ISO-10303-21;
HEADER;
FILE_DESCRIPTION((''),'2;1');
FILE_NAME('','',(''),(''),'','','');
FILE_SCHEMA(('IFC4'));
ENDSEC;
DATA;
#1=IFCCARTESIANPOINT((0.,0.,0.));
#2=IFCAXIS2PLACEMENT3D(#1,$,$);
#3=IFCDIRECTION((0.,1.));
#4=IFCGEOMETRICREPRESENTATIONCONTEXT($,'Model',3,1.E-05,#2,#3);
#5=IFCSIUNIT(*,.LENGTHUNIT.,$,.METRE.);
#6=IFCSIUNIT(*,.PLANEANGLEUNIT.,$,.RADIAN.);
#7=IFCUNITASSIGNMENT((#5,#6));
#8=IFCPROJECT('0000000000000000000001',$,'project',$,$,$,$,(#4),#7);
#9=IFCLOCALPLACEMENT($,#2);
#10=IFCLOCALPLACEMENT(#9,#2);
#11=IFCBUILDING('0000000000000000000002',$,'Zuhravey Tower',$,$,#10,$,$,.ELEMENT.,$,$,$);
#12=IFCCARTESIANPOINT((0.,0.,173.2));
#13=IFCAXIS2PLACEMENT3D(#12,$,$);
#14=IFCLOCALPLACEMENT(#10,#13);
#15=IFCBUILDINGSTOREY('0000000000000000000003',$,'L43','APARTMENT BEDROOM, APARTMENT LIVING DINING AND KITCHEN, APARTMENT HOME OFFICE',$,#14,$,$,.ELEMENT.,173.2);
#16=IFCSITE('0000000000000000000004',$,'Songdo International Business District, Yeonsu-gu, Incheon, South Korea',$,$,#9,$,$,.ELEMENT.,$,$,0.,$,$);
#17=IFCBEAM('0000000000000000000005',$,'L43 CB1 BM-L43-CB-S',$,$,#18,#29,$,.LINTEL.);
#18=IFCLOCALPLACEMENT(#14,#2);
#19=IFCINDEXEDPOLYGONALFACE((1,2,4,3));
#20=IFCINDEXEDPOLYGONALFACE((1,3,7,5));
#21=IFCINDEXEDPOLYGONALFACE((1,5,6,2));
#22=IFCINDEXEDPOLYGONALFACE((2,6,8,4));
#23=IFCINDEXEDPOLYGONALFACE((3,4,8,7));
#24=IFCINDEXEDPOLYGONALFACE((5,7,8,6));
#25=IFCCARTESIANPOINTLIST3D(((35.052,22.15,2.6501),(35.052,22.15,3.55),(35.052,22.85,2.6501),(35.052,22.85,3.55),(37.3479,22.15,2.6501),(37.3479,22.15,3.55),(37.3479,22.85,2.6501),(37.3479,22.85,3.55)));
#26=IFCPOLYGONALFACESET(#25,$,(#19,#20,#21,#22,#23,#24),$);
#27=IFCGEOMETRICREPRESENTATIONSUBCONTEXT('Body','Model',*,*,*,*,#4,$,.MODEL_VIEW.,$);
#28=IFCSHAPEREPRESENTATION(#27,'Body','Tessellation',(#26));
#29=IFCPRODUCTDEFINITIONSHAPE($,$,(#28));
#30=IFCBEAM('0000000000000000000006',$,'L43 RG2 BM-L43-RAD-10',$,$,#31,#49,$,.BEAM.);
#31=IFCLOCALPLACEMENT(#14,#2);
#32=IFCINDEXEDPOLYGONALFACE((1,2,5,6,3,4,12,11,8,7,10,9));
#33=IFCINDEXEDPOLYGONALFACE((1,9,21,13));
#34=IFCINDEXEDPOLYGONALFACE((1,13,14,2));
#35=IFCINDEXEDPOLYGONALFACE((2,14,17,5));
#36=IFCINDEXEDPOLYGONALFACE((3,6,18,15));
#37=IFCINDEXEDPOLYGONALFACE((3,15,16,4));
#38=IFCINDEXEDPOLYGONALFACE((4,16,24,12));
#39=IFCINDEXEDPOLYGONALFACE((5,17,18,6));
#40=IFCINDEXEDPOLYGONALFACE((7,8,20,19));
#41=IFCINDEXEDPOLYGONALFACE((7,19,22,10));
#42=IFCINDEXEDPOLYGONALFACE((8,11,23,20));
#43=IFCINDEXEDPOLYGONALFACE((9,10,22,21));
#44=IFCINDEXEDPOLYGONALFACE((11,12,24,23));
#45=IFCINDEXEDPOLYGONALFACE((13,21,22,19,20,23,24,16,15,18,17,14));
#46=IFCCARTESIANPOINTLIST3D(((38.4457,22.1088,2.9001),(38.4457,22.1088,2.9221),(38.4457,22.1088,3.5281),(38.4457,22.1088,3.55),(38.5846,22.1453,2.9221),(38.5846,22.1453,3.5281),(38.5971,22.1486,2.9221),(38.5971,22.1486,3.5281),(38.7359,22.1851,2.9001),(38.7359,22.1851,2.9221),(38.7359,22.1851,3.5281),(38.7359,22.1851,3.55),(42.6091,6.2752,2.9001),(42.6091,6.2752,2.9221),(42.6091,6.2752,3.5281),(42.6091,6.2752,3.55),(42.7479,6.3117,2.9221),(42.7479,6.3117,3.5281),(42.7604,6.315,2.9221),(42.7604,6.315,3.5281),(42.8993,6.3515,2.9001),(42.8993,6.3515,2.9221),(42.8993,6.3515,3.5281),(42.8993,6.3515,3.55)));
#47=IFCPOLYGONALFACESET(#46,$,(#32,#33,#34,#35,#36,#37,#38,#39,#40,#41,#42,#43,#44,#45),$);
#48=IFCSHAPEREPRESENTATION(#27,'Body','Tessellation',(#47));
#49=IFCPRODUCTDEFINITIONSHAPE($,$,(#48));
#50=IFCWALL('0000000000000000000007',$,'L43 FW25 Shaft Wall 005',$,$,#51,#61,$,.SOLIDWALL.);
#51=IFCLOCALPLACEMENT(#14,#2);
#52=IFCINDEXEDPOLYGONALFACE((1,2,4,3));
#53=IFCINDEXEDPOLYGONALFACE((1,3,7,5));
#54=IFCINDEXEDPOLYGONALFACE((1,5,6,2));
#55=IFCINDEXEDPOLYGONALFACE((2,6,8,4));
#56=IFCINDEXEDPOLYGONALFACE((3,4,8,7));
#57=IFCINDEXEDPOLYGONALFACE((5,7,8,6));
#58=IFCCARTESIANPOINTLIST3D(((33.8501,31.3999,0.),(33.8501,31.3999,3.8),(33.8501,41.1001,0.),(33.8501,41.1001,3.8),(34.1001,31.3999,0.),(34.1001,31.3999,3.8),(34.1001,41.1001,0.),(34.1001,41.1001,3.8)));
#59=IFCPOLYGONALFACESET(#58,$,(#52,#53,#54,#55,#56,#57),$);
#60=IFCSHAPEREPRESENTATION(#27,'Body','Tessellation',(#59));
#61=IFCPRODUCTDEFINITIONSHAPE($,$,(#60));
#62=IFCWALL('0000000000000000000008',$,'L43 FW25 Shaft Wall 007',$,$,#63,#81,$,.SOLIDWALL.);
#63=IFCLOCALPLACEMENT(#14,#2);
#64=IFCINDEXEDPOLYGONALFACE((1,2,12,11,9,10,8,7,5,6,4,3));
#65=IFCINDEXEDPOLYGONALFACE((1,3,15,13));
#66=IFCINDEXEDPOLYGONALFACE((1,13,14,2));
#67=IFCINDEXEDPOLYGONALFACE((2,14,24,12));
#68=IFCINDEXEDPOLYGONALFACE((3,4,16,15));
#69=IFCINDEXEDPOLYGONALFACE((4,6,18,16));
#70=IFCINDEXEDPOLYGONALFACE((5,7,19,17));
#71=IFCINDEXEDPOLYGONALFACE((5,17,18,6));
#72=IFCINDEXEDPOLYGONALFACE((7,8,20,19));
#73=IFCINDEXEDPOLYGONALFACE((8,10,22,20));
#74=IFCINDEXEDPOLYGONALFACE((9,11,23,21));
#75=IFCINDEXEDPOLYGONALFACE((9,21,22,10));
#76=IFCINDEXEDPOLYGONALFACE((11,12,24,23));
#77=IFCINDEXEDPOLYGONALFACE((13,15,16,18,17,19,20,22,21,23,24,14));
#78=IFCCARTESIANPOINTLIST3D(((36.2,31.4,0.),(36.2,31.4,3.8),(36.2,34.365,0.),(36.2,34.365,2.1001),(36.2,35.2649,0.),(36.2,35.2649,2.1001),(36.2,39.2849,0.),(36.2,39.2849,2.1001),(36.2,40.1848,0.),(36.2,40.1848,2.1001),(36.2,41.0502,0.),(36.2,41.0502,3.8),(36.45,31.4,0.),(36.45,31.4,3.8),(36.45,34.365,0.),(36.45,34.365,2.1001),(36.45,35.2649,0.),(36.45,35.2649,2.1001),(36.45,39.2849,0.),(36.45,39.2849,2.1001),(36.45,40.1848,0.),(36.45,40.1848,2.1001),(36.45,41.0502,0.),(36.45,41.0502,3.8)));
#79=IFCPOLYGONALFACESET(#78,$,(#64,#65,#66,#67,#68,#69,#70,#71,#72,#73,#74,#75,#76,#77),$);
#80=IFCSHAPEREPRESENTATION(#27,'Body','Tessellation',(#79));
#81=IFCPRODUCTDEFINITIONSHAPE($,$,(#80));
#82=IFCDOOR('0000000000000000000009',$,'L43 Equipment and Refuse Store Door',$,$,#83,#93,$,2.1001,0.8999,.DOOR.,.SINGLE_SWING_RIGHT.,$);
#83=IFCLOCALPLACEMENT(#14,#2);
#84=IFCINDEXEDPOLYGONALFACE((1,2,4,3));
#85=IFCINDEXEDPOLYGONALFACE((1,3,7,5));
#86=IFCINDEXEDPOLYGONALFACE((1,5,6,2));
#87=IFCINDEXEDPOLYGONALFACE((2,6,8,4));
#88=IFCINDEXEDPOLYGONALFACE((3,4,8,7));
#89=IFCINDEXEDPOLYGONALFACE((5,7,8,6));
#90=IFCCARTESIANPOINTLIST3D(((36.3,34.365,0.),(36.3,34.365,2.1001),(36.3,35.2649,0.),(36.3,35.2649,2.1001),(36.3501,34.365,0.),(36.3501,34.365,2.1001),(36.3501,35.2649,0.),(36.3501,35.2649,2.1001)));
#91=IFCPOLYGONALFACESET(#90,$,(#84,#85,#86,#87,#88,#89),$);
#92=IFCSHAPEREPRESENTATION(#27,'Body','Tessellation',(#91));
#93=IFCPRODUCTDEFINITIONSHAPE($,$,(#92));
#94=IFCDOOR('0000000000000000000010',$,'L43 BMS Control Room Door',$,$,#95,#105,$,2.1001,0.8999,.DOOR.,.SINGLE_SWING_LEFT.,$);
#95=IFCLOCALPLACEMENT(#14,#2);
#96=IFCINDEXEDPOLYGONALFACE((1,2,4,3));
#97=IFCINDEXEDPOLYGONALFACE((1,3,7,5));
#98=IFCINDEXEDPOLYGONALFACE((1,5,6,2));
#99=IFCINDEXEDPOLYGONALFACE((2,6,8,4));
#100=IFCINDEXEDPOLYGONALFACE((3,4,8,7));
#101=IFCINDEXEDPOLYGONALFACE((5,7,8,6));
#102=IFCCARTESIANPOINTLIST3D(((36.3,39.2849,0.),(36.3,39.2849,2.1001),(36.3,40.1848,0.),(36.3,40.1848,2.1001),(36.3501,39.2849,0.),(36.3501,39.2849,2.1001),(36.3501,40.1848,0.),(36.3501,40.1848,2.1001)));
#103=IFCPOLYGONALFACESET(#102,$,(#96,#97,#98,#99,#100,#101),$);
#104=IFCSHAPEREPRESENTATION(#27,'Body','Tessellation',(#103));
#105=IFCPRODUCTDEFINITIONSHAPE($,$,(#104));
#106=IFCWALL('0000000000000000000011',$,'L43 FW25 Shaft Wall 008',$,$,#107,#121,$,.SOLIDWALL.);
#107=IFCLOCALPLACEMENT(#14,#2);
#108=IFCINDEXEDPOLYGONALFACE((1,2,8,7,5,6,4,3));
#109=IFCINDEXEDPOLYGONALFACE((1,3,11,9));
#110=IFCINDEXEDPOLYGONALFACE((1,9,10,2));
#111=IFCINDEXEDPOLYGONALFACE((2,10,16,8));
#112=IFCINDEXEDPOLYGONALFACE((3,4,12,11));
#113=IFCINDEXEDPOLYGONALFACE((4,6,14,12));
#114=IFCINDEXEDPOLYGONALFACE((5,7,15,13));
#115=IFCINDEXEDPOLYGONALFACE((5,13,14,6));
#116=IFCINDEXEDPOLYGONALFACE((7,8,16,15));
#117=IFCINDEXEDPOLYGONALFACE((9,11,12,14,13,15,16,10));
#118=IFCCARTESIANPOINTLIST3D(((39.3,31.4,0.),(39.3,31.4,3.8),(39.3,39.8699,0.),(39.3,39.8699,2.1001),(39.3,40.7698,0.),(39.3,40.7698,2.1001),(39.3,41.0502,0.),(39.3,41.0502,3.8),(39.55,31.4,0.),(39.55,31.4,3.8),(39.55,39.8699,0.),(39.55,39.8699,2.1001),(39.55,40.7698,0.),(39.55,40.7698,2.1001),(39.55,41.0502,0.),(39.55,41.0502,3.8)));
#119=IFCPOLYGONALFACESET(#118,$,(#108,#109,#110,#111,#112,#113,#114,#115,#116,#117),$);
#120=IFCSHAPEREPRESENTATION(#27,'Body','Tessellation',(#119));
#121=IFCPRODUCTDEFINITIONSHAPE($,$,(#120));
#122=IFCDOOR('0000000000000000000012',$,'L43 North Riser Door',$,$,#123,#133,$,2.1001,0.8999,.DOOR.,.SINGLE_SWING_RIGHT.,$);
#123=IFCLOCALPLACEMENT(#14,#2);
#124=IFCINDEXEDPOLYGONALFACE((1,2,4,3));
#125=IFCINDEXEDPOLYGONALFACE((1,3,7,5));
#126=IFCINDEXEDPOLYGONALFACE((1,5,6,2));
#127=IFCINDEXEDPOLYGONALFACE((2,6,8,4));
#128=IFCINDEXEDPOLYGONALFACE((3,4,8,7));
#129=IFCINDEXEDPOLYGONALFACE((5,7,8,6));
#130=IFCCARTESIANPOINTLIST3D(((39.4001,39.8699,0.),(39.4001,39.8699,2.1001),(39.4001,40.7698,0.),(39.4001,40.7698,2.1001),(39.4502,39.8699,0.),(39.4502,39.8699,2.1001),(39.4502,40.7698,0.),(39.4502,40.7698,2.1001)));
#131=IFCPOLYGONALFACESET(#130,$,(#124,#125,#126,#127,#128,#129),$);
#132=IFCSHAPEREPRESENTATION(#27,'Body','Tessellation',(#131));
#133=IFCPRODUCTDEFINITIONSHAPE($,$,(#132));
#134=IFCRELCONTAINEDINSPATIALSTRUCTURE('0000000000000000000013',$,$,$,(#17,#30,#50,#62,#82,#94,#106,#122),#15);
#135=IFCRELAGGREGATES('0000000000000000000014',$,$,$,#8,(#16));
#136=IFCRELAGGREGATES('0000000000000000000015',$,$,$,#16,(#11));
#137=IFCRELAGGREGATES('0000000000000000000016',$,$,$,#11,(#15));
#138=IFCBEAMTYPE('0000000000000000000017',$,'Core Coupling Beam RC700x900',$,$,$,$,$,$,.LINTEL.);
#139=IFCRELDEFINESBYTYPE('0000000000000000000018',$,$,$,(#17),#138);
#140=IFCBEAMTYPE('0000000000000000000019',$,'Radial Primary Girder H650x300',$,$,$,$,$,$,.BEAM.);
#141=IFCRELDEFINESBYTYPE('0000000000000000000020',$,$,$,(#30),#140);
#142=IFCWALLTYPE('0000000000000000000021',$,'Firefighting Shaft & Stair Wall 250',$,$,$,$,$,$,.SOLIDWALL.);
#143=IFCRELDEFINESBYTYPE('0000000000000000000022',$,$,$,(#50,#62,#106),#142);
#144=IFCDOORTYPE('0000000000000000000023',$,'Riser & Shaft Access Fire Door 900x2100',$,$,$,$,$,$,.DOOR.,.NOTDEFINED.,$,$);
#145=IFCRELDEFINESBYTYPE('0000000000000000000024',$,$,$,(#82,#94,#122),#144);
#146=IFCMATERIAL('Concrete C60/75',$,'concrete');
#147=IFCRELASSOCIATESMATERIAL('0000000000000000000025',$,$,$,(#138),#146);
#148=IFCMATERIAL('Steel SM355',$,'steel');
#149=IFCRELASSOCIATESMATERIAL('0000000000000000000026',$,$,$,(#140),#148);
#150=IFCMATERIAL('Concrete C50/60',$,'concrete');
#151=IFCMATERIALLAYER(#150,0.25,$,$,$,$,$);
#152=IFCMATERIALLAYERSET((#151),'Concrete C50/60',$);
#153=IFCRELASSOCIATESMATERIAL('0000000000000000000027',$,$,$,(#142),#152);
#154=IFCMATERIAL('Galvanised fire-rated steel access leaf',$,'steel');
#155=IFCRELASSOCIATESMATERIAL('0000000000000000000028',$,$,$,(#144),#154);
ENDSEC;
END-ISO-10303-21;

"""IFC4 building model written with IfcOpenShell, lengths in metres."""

from ifc_helpers import new_model, si_unit, direction, frame, frame_2d, origin, origin_2d, place, context, subcontext, project, spatial, rectangle, i_section, extrude, material, layer, layer_set, material_profile, profile_set, type_object, element, fill, save


model = new_model("IFC4")

# Units and contexts
model_context = context("Model", 3, precision=1e-05, world=origin(), true_north=direction((0.0, 1.0)))
body_context = subcontext(model_context, "Body", "Model", "MODEL_VIEW")
ifc_project = project(units=[si_unit("LENGTHUNIT", "METRE"), si_unit("PLANEANGLEUNIT", "RADIAN")], contexts=[model_context])

# Site, building, storey
site_placement = place(None, origin())
site = spatial("IfcSite", under=ifc_project, at=site_placement, Name="Songdo International Business District, Yeonsu-gu, Incheon, South Korea", CompositionType="ELEMENT", RefElevation=0.0)
building_placement = place(site_placement, origin())
building = spatial("IfcBuilding", under=site, at=building_placement, Name="Zuhravey Tower", CompositionType="ELEMENT")
storey_placement = place(building_placement, frame((0.0, 0.0, 173.2)))
storey = spatial("IfcBuildingStorey", under=building, at=storey_placement, Name="L43", Description="APARTMENT BEDROOM, APARTMENT LIVING DINING AND KITCHEN, APARTMENT HOME OFFICE", CompositionType="ELEMENT", Elevation=173.2)

# Beams
ifc_material_1 = material(Name="Concrete C60/75", Category="concrete")
ifc_material_profile_1 = material_profile(ifc_material_1, rectangle(XDim=0.7, YDim=0.8999, at=origin_2d()), Name="RC-700x900")
ifc_profile_set_1 = profile_set([ifc_material_profile_1], Name="Concrete C60/75")
beam_type_1 = type_object("IfcBeamType", Name="Core Coupling Beam RC700x900", PredefinedType="LINTEL", material=ifc_profile_set_1)
beam_1_placement = place(storey_placement, frame((35.052, 22.5, 3.1001), z_axis=(1.0, 0.0, 0.0), x_axis=(0.0, 1.0, 0.0)))
element("IfcBeam", 1, at=beam_1_placement, inside=storey, type_object=beam_type_1, Name="L43 CB1 BM-L43-CB-S", PredefinedType="LINTEL", context=body_context, shape_type="SweptSolid", body=[
    extrude(rectangle(XDim=0.7, YDim=0.8999, at=origin_2d()), origin(), (0.0, 0.0, 1.0), 2.2959),
])
ifc_material_2 = material(Name="Steel SM355", Category="steel")
ifc_material_profile_2 = material_profile(ifc_material_2, i_section(OverallWidth=0.3, OverallDepth=0.6499, WebThickness=0.0129, FlangeThickness=0.022, at=origin_2d()), Name="H-650x300x13x22")
ifc_profile_set_2 = profile_set([ifc_material_profile_2], Name="Steel SM355")
beam_type_2 = type_object("IfcBeamType", Name="Radial Primary Girder H650x300", PredefinedType="BEAM", material=ifc_profile_set_2)
beam_2_placement = place(storey_placement, frame((38.5908, 22.147, 3.2251), z_axis=(0.2543, -0.967125, 0.0), x_axis=(0.967125, 0.2543, 0.0)))
element("IfcBeam", 2, at=beam_2_placement, inside=storey, type_object=beam_type_2, Name="L43 RG2 BM-L43-RAD-10", PredefinedType="BEAM", context=body_context, shape_type="SweptSolid", body=[
    extrude(i_section(OverallWidth=0.3, OverallDepth=0.6499, WebThickness=0.0129, FlangeThickness=0.022, at=origin_2d()), origin(), (0.0, 0.0, 1.0), 16.3718),
])

# Shared definitions
ifc_material_3 = material(Name="Concrete C50/60", Category="concrete")
ifc_layer_1 = layer(ifc_material_3, 0.25)
ifc_layer_set_1 = layer_set([ifc_layer_1], Name="Concrete C50/60")
wall_type_1 = type_object("IfcWallType", Name="Firefighting Shaft & Stair Wall 250", PredefinedType="SOLIDWALL", material=ifc_layer_set_1)

# Wall
wall_1_placement = place(storey_placement, frame((33.9751, 31.3999, 0.0), z_axis=(0.0, 0.0, 1.0), x_axis=(0.0, 1.0, 0.0)))
element("IfcWall", 3, at=wall_1_placement, inside=storey, type_object=wall_type_1, Name="L43 FW25 Shaft Wall 005", PredefinedType="SOLIDWALL", context=body_context, shape_type="SweptSolid", body=[
    extrude(rectangle(XDim=9.7002, YDim=0.25, at=frame_2d((4.8501, 0.0))), origin(), (0.0, 0.0, 1.0), 3.8),
])

# Wall, openings, doors
wall_2_placement = place(storey_placement, frame((36.325, 31.3999, 0.0), z_axis=(0.0, 0.0, 1.0), x_axis=(0.0, 1.0, 0.0)))
wall_2 = element("IfcWall", 4, at=wall_2_placement, inside=storey, type_object=wall_type_1, Name="L43 FW25 Shaft Wall 007", PredefinedType="SOLIDWALL", context=body_context, shape_type="SweptSolid", body=[
    extrude(rectangle(XDim=9.6501, YDim=0.25, at=frame_2d((4.8252, 0.0))), origin(), (0.0, 0.0, 1.0), 3.8),
])
opening_1_placement = place(wall_2_placement, frame((2.9651, 0.0, 0.0)))
opening_1 = element("IfcOpeningElement", 5, at=opening_1_placement, cuts=wall_2, PredefinedType="OPENING", context=body_context, shape_type="SweptSolid", body=[
    extrude(rectangle(XDim=0.8999, YDim=2.1001, at=frame_2d((0.45, 1.05))), frame((0.0, 0.137, 0.0), z_axis=(0.0, -1.0, 0.0), x_axis=(1.0, 0.0, 0.0)), (0.0, 0.0, 1.0), 0.2739),
])
opening_2_placement = place(wall_2_placement, frame((7.885, 0.0, 0.0)))
opening_2 = element("IfcOpeningElement", 6, at=opening_2_placement, cuts=wall_2, PredefinedType="OPENING", context=body_context, shape_type="SweptSolid", body=[
    extrude(rectangle(XDim=0.8999, YDim=2.1001, at=frame_2d((0.45, 1.05))), frame((0.0, 0.137, 0.0), z_axis=(0.0, -1.0, 0.0), x_axis=(1.0, 0.0, 0.0)), (0.0, 0.0, 1.0), 0.2739),
])
ifc_material_4 = material(Name="Galvanised fire-rated steel access leaf", Category="steel")
door_type_1 = type_object("IfcDoorType", Name="Riser & Shaft Access Fire Door 900x2100", OperationType="NOTDEFINED", PredefinedType="DOOR", material=ifc_material_4)
door_1_placement = place(opening_1_placement, origin())
door_1 = element("IfcDoor", 7, at=door_1_placement, inside=storey, type_object=door_type_1, Name="L43 Equipment and Refuse Store Door", OperationType="SINGLE_SWING_RIGHT", OverallHeight=2.1001, OverallWidth=0.8999, PredefinedType="DOOR", context=body_context, shape_type="SweptSolid", body=[
    extrude(rectangle(XDim=0.8999, YDim=2.1001, at=frame_2d((0.45, 1.05))), frame((0.0, 0.0249, 0.0), z_axis=(0.0, -1.0, 0.0), x_axis=(1.0, 0.0, 0.0)), (0.0, 0.0, 1.0), 0.05),
])
fill(opening_1, door_1)
door_2_placement = place(opening_2_placement, origin())
door_2 = element("IfcDoor", 8, at=door_2_placement, inside=storey, type_object=door_type_1, Name="L43 BMS Control Room Door", OperationType="SINGLE_SWING_LEFT", OverallHeight=2.1001, OverallWidth=0.8999, PredefinedType="DOOR", context=body_context, shape_type="SweptSolid", body=[
    extrude(rectangle(XDim=0.8999, YDim=2.1001, at=frame_2d((0.45, 1.05))), frame((0.0, 0.0249, 0.0), z_axis=(0.0, -1.0, 0.0), x_axis=(1.0, 0.0, 0.0)), (0.0, 0.0, 1.0), 0.05),
])
fill(opening_2, door_2)

# Wall, opening, door
wall_3_placement = place(storey_placement, frame((39.425, 31.3999, 0.0), z_axis=(0.0, 0.0, 1.0), x_axis=(0.0, 1.0, 0.0)))
wall_3 = element("IfcWall", 9, at=wall_3_placement, inside=storey, type_object=wall_type_1, Name="L43 FW25 Shaft Wall 008", PredefinedType="SOLIDWALL", context=body_context, shape_type="SweptSolid", body=[
    extrude(rectangle(XDim=9.6501, YDim=0.25, at=frame_2d((4.8252, 0.0))), origin(), (0.0, 0.0, 1.0), 3.8),
])
opening_3_placement = place(wall_3_placement, frame((8.47, 0.0, 0.0)))
opening_3 = element("IfcOpeningElement", 10, at=opening_3_placement, cuts=wall_3, PredefinedType="OPENING", context=body_context, shape_type="SweptSolid", body=[
    extrude(rectangle(XDim=0.8999, YDim=2.1001, at=frame_2d((0.45, 1.05))), frame((0.0, 0.137, 0.0), z_axis=(0.0, -1.0, 0.0), x_axis=(1.0, 0.0, 0.0)), (0.0, 0.0, 1.0), 0.2739),
])
door_3_placement = place(opening_3_placement, origin())
door_3 = element("IfcDoor", 11, at=door_3_placement, inside=storey, type_object=door_type_1, Name="L43 North Riser Door", OperationType="SINGLE_SWING_RIGHT", OverallHeight=2.1001, OverallWidth=0.8999, PredefinedType="DOOR", context=body_context, shape_type="SweptSolid", body=[
    extrude(rectangle(XDim=0.8999, YDim=2.1001, at=frame_2d((0.45, 1.05))), frame((0.0, 0.0249, 0.0), z_axis=(0.0, -1.0, 0.0), x_axis=(1.0, 0.0, 0.0)), (0.0, 0.0, 1.0), 0.05),
])
fill(opening_3, door_3)

save(model, "model.ifc")
